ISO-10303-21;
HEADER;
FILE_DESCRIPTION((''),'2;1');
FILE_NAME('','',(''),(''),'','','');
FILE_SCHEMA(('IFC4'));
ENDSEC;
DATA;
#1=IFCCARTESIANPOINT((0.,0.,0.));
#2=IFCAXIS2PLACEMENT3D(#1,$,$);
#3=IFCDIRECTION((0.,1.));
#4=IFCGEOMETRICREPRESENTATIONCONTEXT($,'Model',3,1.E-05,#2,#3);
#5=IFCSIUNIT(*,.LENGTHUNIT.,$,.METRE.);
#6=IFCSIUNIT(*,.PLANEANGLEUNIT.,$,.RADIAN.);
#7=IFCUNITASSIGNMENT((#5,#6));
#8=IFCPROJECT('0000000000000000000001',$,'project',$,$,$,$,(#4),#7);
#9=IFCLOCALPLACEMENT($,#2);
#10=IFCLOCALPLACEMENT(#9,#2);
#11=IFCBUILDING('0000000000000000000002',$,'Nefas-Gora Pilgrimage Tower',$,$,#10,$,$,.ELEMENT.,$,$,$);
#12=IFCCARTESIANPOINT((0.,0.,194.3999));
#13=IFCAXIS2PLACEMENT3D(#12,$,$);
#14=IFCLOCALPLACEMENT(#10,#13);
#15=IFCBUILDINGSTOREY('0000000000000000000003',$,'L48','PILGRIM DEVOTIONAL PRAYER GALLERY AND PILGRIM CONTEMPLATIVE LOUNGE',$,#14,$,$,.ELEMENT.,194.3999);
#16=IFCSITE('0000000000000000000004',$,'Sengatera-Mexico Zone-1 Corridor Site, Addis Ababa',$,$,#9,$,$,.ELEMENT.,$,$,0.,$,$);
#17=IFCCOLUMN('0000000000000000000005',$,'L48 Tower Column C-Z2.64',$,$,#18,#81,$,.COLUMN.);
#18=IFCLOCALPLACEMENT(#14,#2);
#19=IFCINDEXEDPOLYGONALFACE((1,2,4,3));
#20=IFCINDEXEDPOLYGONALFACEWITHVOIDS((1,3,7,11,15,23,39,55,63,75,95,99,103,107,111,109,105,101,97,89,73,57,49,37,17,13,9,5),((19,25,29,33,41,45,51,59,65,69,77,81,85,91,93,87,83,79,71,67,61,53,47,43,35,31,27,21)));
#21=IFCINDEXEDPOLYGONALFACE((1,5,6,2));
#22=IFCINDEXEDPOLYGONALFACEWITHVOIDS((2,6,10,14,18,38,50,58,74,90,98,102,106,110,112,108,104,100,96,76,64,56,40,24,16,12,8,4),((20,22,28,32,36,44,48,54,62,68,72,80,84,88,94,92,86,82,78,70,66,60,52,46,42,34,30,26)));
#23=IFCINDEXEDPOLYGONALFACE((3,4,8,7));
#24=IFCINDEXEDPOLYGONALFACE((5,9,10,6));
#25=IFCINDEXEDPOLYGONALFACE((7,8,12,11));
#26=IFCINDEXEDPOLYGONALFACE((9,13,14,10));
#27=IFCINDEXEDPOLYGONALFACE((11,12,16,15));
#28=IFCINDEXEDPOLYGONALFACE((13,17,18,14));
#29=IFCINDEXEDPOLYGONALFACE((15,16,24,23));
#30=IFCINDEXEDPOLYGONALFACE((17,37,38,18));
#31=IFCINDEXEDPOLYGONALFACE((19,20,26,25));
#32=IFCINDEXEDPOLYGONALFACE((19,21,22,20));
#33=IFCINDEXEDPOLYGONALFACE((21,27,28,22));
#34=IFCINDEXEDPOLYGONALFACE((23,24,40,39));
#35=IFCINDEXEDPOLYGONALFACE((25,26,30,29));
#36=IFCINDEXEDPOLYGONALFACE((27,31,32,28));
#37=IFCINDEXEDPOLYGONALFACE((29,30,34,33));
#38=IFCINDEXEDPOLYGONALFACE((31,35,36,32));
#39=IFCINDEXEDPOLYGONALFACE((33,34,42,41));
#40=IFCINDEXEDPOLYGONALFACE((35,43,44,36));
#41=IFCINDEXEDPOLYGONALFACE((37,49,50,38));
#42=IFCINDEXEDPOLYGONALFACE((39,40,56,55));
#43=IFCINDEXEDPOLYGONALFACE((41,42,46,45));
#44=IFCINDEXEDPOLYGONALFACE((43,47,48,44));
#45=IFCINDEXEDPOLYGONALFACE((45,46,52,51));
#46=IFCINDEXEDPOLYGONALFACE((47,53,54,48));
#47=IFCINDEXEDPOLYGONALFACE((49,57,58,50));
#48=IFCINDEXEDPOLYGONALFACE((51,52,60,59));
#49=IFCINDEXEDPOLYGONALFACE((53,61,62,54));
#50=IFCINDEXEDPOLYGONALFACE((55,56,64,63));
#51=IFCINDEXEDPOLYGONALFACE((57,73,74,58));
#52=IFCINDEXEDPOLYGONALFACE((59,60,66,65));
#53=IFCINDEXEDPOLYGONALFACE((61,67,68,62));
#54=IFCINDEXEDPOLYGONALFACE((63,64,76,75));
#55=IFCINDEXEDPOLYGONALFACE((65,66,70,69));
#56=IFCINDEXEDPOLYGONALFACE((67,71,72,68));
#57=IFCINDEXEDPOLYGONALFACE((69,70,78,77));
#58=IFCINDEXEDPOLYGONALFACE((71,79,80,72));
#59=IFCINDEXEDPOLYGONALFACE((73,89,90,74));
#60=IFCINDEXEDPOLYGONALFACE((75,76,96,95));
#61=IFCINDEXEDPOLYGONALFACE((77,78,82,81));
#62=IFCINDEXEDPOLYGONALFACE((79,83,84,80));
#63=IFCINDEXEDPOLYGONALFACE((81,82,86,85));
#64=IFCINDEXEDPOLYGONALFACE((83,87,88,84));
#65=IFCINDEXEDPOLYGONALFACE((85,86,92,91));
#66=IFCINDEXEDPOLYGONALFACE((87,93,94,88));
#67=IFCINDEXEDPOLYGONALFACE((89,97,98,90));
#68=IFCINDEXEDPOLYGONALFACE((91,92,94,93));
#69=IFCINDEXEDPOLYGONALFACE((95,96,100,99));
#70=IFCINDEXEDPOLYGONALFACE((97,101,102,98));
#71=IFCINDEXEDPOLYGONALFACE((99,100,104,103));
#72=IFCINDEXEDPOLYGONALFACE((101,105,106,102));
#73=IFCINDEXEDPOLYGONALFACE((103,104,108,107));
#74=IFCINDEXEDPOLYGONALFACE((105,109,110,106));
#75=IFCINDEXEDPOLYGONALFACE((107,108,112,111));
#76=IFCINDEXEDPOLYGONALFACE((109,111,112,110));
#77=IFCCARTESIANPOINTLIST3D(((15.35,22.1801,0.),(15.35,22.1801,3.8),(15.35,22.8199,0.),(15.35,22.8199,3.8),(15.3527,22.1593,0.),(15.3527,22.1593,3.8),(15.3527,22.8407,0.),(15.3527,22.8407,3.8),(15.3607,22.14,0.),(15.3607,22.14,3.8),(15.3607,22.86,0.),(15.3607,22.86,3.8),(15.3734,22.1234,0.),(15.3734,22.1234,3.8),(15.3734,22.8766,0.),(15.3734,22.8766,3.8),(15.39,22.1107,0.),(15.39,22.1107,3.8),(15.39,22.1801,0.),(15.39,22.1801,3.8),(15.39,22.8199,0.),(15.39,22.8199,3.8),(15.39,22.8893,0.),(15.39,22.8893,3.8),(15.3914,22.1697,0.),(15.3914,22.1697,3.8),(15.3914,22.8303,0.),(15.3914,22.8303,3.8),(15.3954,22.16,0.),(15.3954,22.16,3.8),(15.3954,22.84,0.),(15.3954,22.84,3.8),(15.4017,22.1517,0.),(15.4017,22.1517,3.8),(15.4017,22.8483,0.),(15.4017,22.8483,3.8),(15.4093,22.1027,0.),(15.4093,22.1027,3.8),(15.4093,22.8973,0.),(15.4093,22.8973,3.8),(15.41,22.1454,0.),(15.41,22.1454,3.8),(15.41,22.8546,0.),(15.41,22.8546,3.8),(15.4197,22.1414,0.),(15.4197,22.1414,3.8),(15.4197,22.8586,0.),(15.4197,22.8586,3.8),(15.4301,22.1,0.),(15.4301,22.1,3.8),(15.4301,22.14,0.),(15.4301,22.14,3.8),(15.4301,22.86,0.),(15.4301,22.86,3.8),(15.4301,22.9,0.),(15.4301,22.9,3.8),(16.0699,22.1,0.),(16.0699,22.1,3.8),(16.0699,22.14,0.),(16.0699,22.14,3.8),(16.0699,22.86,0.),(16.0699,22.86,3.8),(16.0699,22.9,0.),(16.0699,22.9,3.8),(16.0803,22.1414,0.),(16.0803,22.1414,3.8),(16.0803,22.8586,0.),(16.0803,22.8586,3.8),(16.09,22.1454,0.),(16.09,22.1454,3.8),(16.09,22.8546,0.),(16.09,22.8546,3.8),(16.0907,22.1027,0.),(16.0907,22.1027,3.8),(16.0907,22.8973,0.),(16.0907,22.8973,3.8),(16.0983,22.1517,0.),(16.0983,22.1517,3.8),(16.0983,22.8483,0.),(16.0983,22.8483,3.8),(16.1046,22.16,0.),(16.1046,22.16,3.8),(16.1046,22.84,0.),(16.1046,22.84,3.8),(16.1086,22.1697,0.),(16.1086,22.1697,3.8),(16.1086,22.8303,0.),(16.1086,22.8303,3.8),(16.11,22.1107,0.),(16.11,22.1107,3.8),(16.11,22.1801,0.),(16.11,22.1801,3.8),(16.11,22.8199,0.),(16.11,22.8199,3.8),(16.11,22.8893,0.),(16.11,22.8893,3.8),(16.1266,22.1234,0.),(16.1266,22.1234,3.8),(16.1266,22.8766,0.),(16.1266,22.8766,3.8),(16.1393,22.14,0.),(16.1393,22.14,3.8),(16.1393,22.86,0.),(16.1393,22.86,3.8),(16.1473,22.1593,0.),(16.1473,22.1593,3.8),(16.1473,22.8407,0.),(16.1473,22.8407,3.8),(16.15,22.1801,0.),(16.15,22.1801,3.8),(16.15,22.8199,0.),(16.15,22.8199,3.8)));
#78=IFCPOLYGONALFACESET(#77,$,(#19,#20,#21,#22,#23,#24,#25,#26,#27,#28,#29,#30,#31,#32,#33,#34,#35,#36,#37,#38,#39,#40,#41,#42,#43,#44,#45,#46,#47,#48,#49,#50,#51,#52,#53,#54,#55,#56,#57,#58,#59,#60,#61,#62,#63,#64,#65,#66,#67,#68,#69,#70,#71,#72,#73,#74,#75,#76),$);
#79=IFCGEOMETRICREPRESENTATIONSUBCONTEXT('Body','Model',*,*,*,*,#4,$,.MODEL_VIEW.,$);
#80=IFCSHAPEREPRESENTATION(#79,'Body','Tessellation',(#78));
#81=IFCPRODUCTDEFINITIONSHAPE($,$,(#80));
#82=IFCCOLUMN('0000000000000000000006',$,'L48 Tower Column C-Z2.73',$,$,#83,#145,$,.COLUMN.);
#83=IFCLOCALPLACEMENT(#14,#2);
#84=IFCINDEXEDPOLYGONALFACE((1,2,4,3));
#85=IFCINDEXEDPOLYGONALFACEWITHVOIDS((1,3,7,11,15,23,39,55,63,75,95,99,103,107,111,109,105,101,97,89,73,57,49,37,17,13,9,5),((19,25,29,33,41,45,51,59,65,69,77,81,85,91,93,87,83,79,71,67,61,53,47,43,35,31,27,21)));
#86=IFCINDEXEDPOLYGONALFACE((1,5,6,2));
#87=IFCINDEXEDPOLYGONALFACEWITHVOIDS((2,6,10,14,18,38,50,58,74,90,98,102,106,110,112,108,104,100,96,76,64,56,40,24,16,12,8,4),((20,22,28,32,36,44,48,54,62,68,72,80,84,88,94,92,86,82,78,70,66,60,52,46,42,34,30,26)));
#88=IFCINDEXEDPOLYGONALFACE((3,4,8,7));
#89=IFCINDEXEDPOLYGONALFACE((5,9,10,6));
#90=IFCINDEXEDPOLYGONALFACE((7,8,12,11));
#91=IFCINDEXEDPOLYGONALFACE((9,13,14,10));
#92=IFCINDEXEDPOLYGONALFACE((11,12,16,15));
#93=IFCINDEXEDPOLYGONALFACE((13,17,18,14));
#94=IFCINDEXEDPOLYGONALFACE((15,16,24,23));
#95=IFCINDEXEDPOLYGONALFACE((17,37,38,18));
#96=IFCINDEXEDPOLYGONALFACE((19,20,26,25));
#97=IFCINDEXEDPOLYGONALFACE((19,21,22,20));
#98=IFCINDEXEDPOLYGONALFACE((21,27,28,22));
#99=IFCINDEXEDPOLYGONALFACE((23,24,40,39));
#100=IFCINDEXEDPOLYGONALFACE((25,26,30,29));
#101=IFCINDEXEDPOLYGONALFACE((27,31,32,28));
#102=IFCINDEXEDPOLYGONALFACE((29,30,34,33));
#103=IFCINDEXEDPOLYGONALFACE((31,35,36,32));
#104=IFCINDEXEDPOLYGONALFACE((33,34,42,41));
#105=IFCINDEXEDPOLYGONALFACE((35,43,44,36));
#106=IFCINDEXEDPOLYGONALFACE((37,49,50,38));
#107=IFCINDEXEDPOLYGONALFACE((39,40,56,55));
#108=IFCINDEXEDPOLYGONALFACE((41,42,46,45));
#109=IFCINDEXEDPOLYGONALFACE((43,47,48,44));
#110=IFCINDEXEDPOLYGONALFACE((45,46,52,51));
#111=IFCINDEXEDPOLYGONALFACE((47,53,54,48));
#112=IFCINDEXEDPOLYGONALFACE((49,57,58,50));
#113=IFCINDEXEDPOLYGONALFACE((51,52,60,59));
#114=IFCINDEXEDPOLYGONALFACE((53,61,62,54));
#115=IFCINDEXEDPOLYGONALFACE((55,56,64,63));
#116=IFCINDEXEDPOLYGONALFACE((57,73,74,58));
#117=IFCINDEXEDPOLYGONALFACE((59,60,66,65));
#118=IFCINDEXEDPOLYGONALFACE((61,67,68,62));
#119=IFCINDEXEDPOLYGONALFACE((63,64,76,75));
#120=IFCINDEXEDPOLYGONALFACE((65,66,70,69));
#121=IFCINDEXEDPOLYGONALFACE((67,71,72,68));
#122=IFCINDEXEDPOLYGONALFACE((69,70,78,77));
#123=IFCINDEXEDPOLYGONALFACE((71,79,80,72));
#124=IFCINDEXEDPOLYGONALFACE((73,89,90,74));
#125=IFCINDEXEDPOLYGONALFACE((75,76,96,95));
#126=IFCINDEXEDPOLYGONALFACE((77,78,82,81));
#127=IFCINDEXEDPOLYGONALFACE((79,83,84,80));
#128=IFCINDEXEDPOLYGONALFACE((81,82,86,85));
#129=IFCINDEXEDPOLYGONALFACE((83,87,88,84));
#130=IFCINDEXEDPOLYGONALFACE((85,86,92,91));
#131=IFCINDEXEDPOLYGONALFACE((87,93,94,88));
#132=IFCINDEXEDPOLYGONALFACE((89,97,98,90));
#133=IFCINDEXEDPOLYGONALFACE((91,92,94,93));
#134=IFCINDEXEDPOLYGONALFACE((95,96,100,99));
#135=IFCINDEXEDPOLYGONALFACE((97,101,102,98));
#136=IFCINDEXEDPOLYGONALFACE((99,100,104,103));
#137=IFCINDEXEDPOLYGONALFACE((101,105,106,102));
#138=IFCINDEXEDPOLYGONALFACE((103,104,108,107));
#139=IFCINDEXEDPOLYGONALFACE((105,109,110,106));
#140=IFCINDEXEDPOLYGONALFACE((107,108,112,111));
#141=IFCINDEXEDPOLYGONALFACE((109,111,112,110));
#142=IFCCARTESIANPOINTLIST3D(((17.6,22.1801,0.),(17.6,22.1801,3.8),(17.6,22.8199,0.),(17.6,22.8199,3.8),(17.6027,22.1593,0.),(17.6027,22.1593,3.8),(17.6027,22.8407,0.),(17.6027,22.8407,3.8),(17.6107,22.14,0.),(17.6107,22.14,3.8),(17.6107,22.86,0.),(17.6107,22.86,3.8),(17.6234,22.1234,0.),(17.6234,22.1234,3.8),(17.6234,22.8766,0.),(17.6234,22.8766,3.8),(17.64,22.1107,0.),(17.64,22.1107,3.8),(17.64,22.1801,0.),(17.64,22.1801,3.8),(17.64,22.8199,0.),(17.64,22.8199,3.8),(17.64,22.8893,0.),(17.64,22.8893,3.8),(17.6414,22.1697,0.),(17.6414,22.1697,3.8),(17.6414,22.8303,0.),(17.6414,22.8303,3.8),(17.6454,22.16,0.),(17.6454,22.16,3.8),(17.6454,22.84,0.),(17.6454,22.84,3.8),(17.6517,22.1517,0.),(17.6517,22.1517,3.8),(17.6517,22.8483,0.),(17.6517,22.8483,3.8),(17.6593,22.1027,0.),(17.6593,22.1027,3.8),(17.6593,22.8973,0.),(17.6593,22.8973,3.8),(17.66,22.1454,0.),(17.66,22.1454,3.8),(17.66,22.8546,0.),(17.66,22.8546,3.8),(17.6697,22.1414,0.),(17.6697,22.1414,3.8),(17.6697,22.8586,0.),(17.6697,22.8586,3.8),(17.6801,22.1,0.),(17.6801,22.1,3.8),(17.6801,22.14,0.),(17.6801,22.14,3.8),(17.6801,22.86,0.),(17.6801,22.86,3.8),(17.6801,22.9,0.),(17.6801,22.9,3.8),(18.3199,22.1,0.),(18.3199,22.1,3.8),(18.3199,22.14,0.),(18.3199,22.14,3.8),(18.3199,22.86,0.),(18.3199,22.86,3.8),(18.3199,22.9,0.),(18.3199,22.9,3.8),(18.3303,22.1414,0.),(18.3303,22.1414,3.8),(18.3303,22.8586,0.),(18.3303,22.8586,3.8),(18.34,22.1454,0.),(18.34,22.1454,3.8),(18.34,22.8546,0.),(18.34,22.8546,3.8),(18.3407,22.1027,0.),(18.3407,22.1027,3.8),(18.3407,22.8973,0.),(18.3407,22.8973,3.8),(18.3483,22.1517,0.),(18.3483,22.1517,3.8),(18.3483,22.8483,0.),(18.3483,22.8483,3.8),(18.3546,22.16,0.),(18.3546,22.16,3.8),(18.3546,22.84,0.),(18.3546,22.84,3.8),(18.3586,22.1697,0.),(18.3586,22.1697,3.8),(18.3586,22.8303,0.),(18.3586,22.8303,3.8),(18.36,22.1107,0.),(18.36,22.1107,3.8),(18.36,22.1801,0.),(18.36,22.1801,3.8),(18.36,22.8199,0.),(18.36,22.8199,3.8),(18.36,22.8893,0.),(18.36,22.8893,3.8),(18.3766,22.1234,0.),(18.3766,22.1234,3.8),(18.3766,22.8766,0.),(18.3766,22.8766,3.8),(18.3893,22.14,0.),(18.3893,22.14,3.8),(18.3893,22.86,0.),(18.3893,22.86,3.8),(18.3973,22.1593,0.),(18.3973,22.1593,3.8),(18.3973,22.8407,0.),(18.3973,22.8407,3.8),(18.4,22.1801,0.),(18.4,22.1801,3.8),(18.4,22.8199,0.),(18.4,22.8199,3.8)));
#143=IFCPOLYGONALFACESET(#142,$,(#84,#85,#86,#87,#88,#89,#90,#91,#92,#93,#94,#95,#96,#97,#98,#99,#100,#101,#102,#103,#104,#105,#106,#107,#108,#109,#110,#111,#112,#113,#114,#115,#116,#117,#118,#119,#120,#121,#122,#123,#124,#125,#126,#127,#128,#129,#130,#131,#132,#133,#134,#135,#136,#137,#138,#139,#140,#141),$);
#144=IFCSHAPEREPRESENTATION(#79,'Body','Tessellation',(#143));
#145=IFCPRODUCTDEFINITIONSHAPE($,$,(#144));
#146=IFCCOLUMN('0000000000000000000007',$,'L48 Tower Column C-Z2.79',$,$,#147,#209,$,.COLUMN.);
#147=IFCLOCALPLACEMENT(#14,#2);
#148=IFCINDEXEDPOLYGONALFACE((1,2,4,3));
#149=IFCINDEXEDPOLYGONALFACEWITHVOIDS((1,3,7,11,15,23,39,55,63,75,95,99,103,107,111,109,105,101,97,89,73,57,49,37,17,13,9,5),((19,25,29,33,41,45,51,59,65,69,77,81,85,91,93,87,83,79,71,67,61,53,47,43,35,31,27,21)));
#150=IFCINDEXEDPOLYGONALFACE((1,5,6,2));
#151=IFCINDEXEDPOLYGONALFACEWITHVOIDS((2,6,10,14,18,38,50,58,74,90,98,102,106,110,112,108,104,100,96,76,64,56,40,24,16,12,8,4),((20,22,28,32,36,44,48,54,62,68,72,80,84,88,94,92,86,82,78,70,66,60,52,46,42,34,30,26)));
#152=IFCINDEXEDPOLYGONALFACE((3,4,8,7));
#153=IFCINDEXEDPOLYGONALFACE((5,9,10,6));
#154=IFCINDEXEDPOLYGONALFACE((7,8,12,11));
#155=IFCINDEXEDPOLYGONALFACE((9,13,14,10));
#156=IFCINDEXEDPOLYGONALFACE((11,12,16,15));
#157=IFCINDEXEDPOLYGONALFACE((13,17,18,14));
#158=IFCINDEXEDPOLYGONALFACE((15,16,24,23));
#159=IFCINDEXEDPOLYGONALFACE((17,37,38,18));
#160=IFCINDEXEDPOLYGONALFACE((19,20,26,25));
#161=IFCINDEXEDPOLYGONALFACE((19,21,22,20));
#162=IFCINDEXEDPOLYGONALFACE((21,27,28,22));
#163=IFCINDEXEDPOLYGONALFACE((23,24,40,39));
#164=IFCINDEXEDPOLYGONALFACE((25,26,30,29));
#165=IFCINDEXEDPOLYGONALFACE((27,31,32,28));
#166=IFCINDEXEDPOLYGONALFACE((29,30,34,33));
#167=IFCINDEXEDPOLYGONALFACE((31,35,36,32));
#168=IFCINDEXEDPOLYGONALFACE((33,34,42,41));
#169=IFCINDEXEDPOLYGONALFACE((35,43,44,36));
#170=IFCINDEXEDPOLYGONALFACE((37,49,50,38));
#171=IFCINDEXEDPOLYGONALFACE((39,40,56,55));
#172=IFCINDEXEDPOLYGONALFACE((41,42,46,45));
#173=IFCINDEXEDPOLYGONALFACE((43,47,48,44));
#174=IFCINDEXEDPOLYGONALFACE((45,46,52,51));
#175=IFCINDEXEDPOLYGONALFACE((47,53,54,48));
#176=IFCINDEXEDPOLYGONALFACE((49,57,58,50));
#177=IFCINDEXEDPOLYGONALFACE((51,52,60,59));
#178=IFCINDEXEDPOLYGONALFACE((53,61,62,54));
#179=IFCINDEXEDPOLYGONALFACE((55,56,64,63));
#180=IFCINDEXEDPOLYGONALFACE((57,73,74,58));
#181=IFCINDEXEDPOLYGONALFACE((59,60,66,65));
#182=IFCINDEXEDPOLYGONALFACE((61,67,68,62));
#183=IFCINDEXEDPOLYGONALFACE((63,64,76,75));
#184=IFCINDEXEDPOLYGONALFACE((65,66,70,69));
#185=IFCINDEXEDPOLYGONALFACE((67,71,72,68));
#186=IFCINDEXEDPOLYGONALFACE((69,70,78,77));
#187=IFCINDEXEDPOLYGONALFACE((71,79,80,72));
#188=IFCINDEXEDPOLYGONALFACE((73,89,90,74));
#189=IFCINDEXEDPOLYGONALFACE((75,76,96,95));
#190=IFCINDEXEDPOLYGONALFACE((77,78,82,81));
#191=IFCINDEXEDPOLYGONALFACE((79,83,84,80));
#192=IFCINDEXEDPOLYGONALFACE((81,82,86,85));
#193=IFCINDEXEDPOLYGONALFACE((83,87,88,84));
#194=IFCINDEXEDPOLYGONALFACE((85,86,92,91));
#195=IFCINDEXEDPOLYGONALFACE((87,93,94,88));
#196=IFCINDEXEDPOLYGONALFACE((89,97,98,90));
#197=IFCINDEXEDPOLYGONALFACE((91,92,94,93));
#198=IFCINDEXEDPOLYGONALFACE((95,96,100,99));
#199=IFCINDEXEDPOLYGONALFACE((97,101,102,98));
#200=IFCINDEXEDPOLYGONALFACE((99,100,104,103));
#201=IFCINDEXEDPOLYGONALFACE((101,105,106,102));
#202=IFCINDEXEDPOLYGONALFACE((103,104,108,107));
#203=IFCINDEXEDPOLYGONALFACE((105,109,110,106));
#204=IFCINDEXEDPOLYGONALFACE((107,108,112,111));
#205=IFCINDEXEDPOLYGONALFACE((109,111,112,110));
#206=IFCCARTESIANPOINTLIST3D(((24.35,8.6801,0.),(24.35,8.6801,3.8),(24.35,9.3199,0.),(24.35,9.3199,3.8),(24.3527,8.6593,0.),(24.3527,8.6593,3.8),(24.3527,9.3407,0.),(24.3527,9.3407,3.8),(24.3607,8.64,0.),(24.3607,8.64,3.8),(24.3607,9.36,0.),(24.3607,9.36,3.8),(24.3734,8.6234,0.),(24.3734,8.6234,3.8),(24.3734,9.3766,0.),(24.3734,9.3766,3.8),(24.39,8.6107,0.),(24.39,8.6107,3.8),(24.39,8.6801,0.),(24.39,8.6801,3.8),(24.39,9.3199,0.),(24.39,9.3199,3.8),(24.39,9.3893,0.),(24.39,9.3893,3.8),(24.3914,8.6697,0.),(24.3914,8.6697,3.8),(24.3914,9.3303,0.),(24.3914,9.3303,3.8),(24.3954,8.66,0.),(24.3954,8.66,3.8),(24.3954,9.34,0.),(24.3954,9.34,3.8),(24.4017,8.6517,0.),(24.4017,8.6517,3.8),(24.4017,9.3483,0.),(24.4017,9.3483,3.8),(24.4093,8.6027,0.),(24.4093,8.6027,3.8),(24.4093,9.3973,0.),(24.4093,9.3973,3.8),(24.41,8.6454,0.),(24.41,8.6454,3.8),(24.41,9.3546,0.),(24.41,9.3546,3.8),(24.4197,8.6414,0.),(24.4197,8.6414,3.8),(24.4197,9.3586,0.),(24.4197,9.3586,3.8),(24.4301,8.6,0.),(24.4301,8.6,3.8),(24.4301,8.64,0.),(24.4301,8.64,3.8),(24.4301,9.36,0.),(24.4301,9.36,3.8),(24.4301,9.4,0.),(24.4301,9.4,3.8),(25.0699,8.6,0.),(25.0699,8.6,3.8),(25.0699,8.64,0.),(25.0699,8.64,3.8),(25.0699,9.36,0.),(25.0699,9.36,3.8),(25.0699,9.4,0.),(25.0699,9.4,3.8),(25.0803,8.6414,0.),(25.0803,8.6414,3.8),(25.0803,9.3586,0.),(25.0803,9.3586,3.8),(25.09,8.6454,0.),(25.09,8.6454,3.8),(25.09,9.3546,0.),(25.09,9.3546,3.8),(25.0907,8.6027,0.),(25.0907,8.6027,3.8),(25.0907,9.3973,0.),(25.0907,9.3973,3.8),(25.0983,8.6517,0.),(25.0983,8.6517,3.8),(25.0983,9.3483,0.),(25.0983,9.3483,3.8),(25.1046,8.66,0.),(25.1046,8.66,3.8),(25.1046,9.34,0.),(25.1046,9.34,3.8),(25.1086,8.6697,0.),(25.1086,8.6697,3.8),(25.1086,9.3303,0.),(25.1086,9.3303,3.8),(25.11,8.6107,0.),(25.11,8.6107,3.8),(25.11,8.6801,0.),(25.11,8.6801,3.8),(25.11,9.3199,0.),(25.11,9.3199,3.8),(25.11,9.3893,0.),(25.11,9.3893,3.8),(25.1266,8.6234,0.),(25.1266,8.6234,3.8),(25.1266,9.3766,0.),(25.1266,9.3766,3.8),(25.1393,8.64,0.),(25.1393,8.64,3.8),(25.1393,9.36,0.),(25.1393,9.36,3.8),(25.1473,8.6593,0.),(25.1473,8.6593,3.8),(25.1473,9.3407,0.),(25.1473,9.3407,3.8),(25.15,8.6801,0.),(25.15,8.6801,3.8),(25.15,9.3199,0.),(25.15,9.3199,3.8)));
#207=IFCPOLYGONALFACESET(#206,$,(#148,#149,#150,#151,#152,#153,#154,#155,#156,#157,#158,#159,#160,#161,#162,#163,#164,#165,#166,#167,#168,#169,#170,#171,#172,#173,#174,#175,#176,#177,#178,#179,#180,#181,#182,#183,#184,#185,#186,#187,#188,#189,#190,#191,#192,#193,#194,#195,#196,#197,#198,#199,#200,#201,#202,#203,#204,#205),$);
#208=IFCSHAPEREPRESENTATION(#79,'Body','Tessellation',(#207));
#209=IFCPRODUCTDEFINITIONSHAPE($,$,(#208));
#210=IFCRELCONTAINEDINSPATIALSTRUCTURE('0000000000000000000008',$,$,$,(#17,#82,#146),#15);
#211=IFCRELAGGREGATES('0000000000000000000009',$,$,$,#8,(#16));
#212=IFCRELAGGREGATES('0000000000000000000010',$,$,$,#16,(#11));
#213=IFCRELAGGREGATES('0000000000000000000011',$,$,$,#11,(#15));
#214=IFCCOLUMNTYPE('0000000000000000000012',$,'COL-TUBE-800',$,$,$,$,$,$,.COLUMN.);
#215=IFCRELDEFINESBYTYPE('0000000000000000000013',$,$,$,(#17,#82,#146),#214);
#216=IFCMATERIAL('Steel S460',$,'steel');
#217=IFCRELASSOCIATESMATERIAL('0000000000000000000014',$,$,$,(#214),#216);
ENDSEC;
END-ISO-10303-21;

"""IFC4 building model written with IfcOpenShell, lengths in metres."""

from ifc_helpers import new_model, si_unit, direction, frame, origin, origin_2d, place, context, subcontext, project, spatial, hollow_rectangle, extrude, source, transform, mapped, material, material_profile, profile_set, type_object, element, save


model = new_model("IFC4")

# Units and contexts
model_context = context("Model", 3, precision=1e-05, world=origin(), true_north=direction((0.0, 1.0)))
body_context = subcontext(model_context, "Body", "Model", "MODEL_VIEW")
ifc_project = project(units=[si_unit("LENGTHUNIT", "METRE"), si_unit("PLANEANGLEUNIT", "RADIAN")], contexts=[model_context])

# Site, building, storey
site_placement = place(None, origin())
site = spatial("IfcSite", under=ifc_project, at=site_placement, Name="Sengatera-Mexico Zone-1 Corridor Site, Addis Ababa", CompositionType="ELEMENT", RefElevation=0.0)
building_placement = place(site_placement, origin())
building = spatial("IfcBuilding", under=site, at=building_placement, Name="Nefas-Gora Pilgrimage Tower", CompositionType="ELEMENT")
storey_placement = place(building_placement, frame((0.0, 0.0, 194.3999)))
storey = spatial("IfcBuildingStorey", under=building, at=storey_placement, Name="L48", Description="PILGRIM DEVOTIONAL PRAYER GALLERY AND PILGRIM CONTEMPLATIVE LOUNGE", CompositionType="ELEMENT", Elevation=194.3999)

# Columns
ifc_material_1 = material(Name="Steel S460", Category="steel")
ifc_material_profile_1 = material_profile(ifc_material_1, hollow_rectangle(XDim=0.8, YDim=0.8, WallThickness=0.04, InnerFilletRadius=0.04, OuterFilletRadius=0.0801, at=origin_2d()), Name="BOX 800x800x40")
ifc_profile_set_1 = profile_set([ifc_material_profile_1], Name="Steel S460")
column_type_1 = type_object("IfcColumnType", Name="COL-TUBE-800", PredefinedType="COLUMN", material=ifc_profile_set_1)
shared_shape_1 = source(origin(), body_context, "Body", "SweptSolid", [
    extrude(hollow_rectangle(XDim=0.8, YDim=0.8, WallThickness=0.04, InnerFilletRadius=0.04, OuterFilletRadius=0.0801, at=origin_2d()), origin(), (0.0, 0.0, 1.0), 3.8),
])
for number, where, z_axis, x_axis, name in (
    (1, (15.75, 22.5, 0.0), (0.0, 0.0, 1.0), (1.0, 0.0, 0.0), "L48 Tower Column C-Z2.64"),
    (2, (18.0, 22.5, 0.0), (0.0, 0.0, 1.0), (1.0, 0.0, 0.0), "L48 Tower Column C-Z2.73"),
    (3, (24.75, 9.0, 0.0), (0.0, 0.0, 1.0), (1.0, 0.0, 0.0), "L48 Tower Column C-Z2.79"),
):
    element("IfcColumn", number, at=place(storey_placement, frame(where, z_axis=z_axis, x_axis=x_axis)), inside=storey, type_object=column_type_1, Name=name, PredefinedType="COLUMN", context=body_context, shape_type="MappedRepresentation", body=[
        mapped(shared_shape_1, transform((0.0, 0.0, 0.0), x_axis=(1.0, 0.0, 0.0), y_axis=(0.0, 1.0, 0.0), z_axis=(0.0, 0.0, 1.0), scale=1.0)),
    ])

save(model, "model.ifc")
